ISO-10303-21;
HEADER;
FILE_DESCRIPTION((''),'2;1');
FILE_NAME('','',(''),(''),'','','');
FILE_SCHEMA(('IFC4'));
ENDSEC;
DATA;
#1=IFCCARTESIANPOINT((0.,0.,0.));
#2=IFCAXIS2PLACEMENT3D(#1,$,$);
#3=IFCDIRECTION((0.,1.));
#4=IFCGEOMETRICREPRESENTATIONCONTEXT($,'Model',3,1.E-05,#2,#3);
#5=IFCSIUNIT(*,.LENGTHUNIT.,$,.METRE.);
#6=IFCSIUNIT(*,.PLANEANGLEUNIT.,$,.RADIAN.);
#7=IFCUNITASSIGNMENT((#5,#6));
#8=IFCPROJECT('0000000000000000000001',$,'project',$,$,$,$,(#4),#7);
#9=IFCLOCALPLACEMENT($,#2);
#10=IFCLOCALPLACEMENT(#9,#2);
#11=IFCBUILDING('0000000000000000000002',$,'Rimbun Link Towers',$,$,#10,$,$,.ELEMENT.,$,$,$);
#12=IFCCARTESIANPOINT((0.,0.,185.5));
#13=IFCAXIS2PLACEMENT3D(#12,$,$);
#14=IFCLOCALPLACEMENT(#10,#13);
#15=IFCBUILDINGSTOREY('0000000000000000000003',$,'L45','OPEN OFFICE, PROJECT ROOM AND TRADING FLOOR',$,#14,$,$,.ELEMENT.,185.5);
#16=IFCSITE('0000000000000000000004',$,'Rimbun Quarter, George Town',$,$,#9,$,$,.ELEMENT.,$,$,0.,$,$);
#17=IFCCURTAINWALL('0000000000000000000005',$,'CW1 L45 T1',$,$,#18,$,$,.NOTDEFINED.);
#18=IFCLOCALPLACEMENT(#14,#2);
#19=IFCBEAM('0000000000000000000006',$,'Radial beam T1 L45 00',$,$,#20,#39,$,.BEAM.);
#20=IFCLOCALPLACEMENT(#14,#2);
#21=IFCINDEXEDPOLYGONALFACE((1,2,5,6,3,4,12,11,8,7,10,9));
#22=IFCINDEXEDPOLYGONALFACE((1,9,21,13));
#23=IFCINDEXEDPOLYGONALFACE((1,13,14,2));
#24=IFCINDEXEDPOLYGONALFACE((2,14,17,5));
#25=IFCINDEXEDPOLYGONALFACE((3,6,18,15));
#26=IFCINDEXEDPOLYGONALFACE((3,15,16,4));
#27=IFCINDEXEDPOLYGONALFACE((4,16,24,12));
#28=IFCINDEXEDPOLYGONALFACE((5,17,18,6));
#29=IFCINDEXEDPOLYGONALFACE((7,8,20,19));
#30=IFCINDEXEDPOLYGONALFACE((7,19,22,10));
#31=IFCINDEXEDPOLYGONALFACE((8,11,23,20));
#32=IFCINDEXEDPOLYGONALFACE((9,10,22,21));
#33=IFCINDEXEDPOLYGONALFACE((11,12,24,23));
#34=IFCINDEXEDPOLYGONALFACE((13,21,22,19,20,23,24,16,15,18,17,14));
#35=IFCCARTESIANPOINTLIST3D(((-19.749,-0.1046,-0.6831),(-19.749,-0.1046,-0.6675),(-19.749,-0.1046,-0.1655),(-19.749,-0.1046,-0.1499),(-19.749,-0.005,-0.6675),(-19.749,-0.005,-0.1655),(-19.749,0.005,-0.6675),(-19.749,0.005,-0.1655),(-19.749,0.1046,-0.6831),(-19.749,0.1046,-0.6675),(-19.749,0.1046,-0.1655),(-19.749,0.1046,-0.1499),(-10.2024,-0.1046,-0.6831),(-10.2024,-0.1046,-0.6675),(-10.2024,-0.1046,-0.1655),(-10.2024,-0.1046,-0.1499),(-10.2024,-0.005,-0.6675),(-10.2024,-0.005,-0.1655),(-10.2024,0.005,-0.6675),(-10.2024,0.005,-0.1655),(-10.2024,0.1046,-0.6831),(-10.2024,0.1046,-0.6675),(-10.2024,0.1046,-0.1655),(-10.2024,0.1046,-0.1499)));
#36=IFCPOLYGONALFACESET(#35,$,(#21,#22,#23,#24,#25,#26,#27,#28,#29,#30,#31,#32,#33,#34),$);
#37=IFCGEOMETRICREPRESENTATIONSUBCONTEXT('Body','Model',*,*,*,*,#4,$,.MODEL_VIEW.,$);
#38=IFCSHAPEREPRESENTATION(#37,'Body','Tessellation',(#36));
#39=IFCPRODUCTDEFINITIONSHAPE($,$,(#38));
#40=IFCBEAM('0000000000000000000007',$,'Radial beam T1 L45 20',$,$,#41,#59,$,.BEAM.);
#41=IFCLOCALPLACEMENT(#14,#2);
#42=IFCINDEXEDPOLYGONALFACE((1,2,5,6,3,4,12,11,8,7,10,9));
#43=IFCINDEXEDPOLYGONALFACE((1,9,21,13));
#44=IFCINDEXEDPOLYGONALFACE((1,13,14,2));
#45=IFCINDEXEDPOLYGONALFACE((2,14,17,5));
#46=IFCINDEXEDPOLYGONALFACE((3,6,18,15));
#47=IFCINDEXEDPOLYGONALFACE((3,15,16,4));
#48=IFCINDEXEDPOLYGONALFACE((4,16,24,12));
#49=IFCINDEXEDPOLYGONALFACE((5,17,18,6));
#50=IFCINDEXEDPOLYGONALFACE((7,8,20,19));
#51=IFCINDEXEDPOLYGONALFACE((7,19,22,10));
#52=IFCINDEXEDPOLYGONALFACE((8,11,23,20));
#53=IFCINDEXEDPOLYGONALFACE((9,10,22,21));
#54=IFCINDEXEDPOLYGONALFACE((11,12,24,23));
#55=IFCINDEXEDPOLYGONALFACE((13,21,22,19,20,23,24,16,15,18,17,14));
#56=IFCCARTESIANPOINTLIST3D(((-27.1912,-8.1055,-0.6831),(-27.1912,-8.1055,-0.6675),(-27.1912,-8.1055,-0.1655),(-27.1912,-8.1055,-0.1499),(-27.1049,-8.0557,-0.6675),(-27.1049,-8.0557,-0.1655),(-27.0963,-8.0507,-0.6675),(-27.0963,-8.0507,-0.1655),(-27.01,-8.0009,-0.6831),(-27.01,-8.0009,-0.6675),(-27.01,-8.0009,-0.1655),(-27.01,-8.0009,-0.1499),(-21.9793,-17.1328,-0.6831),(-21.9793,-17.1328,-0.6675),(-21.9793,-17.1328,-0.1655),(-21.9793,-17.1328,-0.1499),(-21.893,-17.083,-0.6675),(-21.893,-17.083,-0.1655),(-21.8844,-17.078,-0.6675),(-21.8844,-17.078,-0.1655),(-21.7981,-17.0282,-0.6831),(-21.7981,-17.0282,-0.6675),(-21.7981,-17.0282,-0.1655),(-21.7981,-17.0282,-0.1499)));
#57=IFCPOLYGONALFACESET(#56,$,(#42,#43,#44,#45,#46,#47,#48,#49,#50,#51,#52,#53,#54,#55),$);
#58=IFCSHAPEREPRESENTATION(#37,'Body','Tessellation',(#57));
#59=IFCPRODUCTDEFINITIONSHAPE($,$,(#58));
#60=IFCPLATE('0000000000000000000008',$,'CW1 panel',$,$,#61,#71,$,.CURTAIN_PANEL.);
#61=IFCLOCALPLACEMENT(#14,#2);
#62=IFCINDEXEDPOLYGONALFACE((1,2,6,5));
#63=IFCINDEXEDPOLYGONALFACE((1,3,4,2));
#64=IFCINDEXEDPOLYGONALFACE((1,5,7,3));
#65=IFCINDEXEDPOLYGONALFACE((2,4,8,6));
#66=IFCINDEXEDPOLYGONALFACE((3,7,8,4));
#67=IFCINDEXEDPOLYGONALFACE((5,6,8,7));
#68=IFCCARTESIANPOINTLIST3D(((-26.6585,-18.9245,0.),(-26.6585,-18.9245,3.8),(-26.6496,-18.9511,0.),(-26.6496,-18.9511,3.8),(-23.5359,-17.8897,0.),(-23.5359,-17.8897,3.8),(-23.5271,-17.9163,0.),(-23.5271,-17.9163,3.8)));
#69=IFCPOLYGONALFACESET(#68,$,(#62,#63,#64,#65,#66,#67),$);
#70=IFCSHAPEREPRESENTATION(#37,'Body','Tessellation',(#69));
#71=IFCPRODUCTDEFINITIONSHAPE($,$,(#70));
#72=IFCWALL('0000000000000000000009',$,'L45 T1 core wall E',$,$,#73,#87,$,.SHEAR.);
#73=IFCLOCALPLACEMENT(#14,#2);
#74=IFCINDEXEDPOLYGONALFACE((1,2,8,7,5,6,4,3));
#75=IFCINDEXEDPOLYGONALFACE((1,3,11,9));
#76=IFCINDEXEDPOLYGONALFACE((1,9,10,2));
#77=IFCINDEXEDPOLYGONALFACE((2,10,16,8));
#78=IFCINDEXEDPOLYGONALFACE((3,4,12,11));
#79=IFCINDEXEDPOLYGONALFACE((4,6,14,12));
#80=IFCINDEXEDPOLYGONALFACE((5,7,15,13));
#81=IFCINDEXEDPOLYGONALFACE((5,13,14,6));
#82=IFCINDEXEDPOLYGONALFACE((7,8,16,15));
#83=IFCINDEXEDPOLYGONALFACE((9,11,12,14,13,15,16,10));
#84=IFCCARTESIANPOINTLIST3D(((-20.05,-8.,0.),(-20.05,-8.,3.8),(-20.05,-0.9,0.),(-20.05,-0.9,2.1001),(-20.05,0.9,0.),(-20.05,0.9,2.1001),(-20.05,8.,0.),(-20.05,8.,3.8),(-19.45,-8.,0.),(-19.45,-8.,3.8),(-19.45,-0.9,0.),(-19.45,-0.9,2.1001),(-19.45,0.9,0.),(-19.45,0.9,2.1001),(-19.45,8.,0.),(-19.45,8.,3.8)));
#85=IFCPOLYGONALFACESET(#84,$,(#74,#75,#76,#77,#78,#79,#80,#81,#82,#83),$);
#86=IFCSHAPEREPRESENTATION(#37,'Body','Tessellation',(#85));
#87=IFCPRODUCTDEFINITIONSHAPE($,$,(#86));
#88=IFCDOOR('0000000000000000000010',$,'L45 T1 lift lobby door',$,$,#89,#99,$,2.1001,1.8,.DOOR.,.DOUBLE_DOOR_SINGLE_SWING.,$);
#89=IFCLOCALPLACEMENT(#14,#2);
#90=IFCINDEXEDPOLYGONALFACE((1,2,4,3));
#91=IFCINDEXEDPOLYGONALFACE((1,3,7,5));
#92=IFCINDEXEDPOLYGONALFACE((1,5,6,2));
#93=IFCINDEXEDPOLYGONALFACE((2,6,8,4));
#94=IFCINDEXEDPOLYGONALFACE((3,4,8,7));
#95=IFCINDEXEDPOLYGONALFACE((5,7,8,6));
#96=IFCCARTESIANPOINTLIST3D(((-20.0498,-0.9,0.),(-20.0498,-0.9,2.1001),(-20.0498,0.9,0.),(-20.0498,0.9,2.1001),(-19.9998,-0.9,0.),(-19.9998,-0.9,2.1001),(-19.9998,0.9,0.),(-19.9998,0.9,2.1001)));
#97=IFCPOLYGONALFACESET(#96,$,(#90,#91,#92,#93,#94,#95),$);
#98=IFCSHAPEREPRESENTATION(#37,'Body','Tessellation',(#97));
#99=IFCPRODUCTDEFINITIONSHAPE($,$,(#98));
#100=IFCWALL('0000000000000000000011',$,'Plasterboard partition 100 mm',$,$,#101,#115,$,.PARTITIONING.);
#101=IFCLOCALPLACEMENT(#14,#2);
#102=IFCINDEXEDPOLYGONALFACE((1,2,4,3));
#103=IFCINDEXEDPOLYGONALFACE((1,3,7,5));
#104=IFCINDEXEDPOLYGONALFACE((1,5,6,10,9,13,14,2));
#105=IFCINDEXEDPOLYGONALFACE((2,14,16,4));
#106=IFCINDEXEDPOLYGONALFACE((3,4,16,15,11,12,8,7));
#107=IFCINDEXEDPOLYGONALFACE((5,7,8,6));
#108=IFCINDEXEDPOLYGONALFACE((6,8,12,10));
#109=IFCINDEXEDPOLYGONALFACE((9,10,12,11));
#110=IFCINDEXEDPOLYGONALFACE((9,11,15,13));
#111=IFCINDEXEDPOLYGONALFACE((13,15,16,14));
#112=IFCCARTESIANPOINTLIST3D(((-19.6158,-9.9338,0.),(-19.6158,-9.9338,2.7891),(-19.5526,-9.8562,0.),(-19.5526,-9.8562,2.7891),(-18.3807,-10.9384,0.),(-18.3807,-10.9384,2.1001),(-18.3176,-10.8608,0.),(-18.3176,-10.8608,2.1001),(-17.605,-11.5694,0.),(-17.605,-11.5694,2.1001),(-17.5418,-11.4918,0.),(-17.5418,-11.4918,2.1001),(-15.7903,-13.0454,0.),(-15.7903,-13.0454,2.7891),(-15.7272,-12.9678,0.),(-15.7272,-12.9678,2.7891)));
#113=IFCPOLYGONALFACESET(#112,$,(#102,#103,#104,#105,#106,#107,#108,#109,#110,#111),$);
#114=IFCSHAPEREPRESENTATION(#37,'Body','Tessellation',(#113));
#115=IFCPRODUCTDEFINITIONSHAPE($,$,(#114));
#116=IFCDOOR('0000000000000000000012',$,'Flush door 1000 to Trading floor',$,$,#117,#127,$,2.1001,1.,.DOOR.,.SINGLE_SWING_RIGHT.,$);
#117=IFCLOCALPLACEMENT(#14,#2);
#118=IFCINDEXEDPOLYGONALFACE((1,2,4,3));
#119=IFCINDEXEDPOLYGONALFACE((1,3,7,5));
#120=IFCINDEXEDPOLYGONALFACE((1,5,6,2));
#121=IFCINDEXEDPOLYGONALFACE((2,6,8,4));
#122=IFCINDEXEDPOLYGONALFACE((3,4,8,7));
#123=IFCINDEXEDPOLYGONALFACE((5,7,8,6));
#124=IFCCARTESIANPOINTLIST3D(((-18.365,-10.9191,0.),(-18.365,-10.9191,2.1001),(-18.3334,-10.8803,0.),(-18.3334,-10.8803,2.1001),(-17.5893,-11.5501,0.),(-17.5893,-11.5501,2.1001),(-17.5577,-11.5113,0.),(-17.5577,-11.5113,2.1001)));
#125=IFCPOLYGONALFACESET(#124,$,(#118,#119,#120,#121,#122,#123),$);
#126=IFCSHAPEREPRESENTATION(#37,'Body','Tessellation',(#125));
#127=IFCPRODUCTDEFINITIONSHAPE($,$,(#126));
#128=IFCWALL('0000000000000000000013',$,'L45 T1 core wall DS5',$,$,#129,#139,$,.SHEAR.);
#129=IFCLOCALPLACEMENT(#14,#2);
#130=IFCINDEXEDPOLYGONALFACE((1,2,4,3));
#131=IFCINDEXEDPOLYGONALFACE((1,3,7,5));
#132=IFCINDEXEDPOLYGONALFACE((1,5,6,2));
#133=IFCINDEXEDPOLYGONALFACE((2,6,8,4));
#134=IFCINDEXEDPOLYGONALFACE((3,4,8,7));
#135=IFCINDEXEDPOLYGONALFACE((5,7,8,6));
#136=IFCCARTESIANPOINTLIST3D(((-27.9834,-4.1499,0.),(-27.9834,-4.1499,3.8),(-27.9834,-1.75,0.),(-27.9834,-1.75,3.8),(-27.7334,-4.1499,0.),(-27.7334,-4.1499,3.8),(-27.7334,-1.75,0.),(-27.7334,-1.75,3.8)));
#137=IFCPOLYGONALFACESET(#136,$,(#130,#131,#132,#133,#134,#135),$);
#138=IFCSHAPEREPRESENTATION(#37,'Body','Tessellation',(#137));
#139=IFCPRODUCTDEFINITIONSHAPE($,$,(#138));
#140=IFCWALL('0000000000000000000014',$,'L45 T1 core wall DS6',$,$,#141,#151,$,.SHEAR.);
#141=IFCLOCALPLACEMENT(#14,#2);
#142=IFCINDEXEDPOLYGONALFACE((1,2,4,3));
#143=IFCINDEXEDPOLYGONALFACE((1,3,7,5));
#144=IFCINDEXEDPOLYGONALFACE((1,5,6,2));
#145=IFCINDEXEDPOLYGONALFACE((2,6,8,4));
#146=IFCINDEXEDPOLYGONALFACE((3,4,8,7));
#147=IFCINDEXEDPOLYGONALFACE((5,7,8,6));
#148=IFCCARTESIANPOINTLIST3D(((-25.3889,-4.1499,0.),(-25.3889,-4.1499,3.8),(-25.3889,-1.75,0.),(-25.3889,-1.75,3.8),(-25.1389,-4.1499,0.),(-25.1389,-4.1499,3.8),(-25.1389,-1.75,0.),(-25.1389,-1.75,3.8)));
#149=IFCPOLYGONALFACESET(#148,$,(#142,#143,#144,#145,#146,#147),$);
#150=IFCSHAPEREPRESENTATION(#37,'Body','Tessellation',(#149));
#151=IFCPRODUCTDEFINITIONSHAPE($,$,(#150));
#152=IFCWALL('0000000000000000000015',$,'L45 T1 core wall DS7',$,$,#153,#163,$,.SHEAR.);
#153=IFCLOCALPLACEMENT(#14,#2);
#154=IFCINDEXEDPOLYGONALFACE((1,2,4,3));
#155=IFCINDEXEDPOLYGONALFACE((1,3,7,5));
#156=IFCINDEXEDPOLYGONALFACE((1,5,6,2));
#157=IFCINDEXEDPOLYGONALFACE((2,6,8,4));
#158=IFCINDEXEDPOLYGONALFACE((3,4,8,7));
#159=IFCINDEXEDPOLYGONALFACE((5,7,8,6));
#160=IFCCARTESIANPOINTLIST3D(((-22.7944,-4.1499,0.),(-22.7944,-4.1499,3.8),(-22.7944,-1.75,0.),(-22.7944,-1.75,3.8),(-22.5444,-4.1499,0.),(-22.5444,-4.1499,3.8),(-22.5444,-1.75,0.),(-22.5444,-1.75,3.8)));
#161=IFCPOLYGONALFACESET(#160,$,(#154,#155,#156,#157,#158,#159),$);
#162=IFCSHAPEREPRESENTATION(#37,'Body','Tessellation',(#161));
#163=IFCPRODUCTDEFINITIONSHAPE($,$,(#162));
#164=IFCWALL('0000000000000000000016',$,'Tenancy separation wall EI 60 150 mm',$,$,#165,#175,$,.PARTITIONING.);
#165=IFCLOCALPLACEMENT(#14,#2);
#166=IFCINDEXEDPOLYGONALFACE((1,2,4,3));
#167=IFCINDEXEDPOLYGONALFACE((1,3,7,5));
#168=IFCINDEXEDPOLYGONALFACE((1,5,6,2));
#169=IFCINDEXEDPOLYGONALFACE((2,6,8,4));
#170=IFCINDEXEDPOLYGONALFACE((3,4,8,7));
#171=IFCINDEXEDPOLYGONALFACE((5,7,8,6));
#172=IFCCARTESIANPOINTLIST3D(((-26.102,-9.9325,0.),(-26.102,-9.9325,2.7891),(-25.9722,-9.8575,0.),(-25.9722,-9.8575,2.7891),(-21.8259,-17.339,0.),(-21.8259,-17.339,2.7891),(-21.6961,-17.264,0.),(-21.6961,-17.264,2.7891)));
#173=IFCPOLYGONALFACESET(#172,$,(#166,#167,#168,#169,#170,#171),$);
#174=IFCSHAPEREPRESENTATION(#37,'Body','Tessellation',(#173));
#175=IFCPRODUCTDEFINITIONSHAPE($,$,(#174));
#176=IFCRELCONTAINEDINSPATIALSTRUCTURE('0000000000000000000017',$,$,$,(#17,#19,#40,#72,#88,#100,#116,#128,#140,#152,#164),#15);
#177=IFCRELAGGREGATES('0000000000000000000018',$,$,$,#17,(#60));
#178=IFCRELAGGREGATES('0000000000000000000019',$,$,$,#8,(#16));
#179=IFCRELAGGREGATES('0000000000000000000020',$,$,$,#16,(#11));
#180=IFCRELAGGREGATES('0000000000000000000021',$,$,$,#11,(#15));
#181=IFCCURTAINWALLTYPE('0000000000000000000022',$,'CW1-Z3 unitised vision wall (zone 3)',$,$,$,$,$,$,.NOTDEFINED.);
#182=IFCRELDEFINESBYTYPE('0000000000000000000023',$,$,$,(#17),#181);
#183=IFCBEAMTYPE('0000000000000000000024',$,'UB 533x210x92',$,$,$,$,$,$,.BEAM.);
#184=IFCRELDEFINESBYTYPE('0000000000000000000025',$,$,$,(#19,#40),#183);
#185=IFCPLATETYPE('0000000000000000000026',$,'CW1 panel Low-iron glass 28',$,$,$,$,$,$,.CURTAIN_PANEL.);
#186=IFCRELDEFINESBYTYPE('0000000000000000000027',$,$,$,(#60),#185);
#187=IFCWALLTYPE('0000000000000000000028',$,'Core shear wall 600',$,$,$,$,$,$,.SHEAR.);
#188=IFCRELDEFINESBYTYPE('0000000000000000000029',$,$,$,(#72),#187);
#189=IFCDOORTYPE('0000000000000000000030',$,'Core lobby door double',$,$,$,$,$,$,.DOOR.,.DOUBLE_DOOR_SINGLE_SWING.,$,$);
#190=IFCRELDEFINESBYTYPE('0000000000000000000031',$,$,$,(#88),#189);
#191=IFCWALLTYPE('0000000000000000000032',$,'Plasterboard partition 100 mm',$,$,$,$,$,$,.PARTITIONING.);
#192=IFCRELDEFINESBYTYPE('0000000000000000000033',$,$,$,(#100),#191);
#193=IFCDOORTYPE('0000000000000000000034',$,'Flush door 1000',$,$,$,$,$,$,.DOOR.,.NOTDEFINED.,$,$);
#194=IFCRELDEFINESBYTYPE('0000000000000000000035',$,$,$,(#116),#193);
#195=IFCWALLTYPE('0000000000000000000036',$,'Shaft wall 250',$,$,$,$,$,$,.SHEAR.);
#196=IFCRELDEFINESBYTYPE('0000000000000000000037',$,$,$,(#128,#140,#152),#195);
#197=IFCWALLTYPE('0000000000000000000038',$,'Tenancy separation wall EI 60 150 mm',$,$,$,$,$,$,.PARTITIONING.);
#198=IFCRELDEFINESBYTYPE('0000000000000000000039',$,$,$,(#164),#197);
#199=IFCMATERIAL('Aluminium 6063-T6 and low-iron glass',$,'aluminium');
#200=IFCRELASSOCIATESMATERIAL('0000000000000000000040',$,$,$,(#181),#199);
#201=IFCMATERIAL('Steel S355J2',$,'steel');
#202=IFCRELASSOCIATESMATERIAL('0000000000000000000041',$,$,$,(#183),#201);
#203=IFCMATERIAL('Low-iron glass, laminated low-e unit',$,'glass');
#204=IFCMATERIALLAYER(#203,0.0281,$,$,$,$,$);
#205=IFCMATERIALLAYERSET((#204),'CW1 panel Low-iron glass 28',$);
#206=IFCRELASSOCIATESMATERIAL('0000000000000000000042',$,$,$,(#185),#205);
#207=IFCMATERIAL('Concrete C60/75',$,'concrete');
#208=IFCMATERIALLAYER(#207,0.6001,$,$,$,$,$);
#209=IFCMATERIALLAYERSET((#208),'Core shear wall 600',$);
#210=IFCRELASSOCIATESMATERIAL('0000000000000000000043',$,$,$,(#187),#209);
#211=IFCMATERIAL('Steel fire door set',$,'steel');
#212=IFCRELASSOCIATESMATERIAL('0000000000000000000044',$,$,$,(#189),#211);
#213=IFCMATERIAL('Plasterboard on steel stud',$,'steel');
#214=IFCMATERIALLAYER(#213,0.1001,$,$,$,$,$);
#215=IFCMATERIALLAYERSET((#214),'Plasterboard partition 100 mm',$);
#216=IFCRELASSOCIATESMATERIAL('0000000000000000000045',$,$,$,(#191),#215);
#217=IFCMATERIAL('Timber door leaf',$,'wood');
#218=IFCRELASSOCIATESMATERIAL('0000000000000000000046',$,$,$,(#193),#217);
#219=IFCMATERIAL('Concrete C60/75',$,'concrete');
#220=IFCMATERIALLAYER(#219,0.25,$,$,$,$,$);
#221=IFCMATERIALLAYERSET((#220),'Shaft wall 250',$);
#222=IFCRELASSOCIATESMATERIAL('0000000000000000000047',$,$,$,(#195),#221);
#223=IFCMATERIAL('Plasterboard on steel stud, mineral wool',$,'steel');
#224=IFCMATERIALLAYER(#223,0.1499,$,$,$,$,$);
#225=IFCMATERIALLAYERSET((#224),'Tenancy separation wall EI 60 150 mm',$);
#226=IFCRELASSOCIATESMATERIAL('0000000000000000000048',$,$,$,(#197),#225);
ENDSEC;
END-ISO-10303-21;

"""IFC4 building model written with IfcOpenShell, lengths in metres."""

from ifc_helpers import new_model, si_unit, direction, frame, frame_2d, origin, origin_2d, place, context, subcontext, project, spatial, rectangle, i_section, extrude, material, layer, layer_set, material_profile, profile_set, type_object, element, fill, aggregate, save


model = new_model("IFC4")

# Units and contexts
model_context = context("Model", 3, precision=1e-05, world=origin(), true_north=direction((0.0, 1.0)))
body_context = subcontext(model_context, "Body", "Model", "MODEL_VIEW")
ifc_project = project(units=[si_unit("LENGTHUNIT", "METRE"), si_unit("PLANEANGLEUNIT", "RADIAN")], contexts=[model_context])

# Site, building, storey
site_placement = place(None, origin())
site = spatial("IfcSite", under=ifc_project, at=site_placement, Name="Rimbun Quarter, George Town", CompositionType="ELEMENT", RefElevation=0.0)
building_placement = place(site_placement, origin())
building = spatial("IfcBuilding", under=site, at=building_placement, Name="Rimbun Link Towers", CompositionType="ELEMENT")
storey_placement = place(building_placement, frame((0.0, 0.0, 185.5)))
storey = spatial("IfcBuildingStorey", under=building, at=storey_placement, Name="L45", Description="OPEN OFFICE, PROJECT ROOM AND TRADING FLOOR", CompositionType="ELEMENT", Elevation=185.5)

# Curtain wall
ifc_material_1 = material(Name="Aluminium 6063-T6 and low-iron glass", Category="aluminium")
curtain_wall_type = type_object("IfcCurtainWallType", Name="CW1-Z3 unitised vision wall (zone 3)", PredefinedType="NOTDEFINED", material=ifc_material_1)
curtain_wall_placement = place(storey_placement, origin())
curtain_wall = element("IfcCurtainWall", 1, at=curtain_wall_placement, inside=storey, type_object=curtain_wall_type, Name="CW1 L45 T1", PredefinedType="NOTDEFINED")

# Beams
ifc_material_2 = material(Name="Steel S355J2", Category="steel")
ifc_material_profile_1 = material_profile(ifc_material_2, i_section(OverallWidth=0.2092, OverallDepth=0.5332, WebThickness=0.01, FlangeThickness=0.0156, at=origin_2d()), Name="UB 533x210x92")
ifc_profile_set_1 = profile_set([ifc_material_profile_1], Name="Steel S355J2")
beam_type_1 = type_object("IfcBeamType", Name="UB 533x210x92", PredefinedType="BEAM", material=ifc_profile_set_1)
beam_1_placement = place(storey_placement, frame((-19.749, 0.0, -0.4165), z_axis=(1.0, 0.0, 0.0), x_axis=(0.0, 1.0, 0.0)))
element("IfcBeam", 2, at=beam_1_placement, inside=storey, type_object=beam_type_1, Name="Radial beam T1 L45 00", PredefinedType="BEAM", context=body_context, shape_type="SweptSolid", body=[
    extrude(i_section(OverallWidth=0.2092, OverallDepth=0.5332, WebThickness=0.01, FlangeThickness=0.0156, at=origin_2d()), origin(), (0.0, 0.0, 1.0), 9.5466),
])
beam_2_placement = place(storey_placement, frame((-27.1006, -8.0532, -0.4165), z_axis=(0.499998, -0.866026, 0.0), x_axis=(0.866026, 0.499998, 0.0)))
element("IfcBeam", 3, at=beam_2_placement, inside=storey, type_object=beam_type_1, Name="Radial beam T1 L45 20", PredefinedType="BEAM", context=body_context, shape_type="SweptSolid", body=[
    extrude(i_section(OverallWidth=0.2092, OverallDepth=0.5332, WebThickness=0.01, FlangeThickness=0.0156, at=origin_2d()), origin(), (0.0, 0.0, 1.0), 10.4238),
])

# Plate
ifc_material_3 = material(Name="Low-iron glass, laminated low-e unit", Category="glass")
ifc_layer_1 = layer(ifc_material_3, 0.0281)
ifc_layer_set_1 = layer_set([ifc_layer_1], Name="CW1 panel Low-iron glass 28")
plate_type = type_object("IfcPlateType", Name="CW1 panel Low-iron glass 28", PredefinedType="CURTAIN_PANEL", material=ifc_layer_set_1)
plate_placement = place(storey_placement, frame((-25.0928, -18.4204, 0.0), z_axis=(0.0, 0.0, 1.0), x_axis=(-0.949236, -0.314565, 0.0)))
plate = element("IfcPlate", 4, at=plate_placement, type_object=plate_type, Name="CW1 panel", PredefinedType="CURTAIN_PANEL", context=body_context, shape_type="SweptSolid", body=[
    extrude(rectangle(XDim=3.2896, YDim=0.0281, at=origin_2d()), origin(), (0.0, 0.0, 1.0), 3.8),
])
aggregate(curtain_wall, [plate])

# Walls, openings, doors
ifc_material_4 = material(Name="Concrete C60/75", Category="concrete")
ifc_layer_2 = layer(ifc_material_4, 0.6001)
ifc_layer_set_2 = layer_set([ifc_layer_2], Name="Core shear wall 600")
wall_type_1 = type_object("IfcWallType", Name="Core shear wall 600", PredefinedType="SHEAR", material=ifc_layer_set_2)
wall_1_placement = place(storey_placement, frame((-19.75, -8.0, 0.0), z_axis=(0.0, 0.0, 1.0), x_axis=(0.0, 1.0, 0.0)))
wall_1 = element("IfcWall", 5, at=wall_1_placement, inside=storey, type_object=wall_type_1, Name="L45 T1 core wall E", PredefinedType="SHEAR", context=body_context, shape_type="SweptSolid", body=[
    extrude(rectangle(XDim=16.0, YDim=0.6001, at=frame_2d((8.0, 0.0))), origin(), (0.0, 0.0, 1.0), 3.8),
])
opening_1_placement = place(wall_1_placement, frame((7.1001, 0.0, 0.0)))
opening_1 = element("IfcOpeningElement", 6, at=opening_1_placement, cuts=wall_1, PredefinedType="OPENING", context=body_context, shape_type="SweptSolid", body=[
    extrude(rectangle(XDim=1.8, YDim=2.1001, at=frame_2d((0.8999, 1.05))), frame((0.0, 0.3101, 0.0), z_axis=(0.0, -1.0, 0.0), x_axis=(1.0, 0.0, 0.0)), (0.0, 0.0, 1.0), 0.6201),
])
ifc_material_5 = material(Name="Steel fire door set", Category="steel")
door_type_1 = type_object("IfcDoorType", Name="Core lobby door double", OperationType="DOUBLE_DOOR_SINGLE_SWING", PredefinedType="DOOR", material=ifc_material_5)
door_1_placement = place(opening_1_placement, origin())
door_1 = element("IfcDoor", 7, at=door_1_placement, inside=storey, type_object=door_type_1, Name="L45 T1 lift lobby door", OperationType="DOUBLE_DOOR_SINGLE_SWING", OverallHeight=2.1001, OverallWidth=1.8, PredefinedType="DOOR", context=body_context, shape_type="SweptSolid", body=[
    extrude(rectangle(XDim=1.8, YDim=2.1001, at=frame_2d((0.8999, 1.05))), frame((0.0, 0.2998, 0.0), z_axis=(0.0, -1.0, 0.0), x_axis=(1.0, 0.0, 0.0)), (0.0, 0.0, 1.0), 0.05),
])
fill(opening_1, door_1)
ifc_material_6 = material(Name="Plasterboard on steel stud", Category="steel")
ifc_layer_3 = layer(ifc_material_6, 0.1001)
ifc_layer_set_3 = layer_set([ifc_layer_3], Name="Plasterboard partition 100 mm")
wall_type_2 = type_object("IfcWallType", Name="Plasterboard partition 100 mm", PredefinedType="PARTITIONING", material=ifc_layer_set_3)
wall_2_placement = place(storey_placement, frame((-19.5842, -9.895, 0.0), z_axis=(0.0, 0.0, 1.0), x_axis=(0.775776, -0.631008, 0.0)))
wall_2 = element("IfcWall", 8, at=wall_2_placement, inside=storey, type_object=wall_type_2, Name="Plasterboard partition 100 mm", PredefinedType="PARTITIONING", context=body_context, shape_type="SweptSolid", body=[
    extrude(rectangle(XDim=4.9312, YDim=0.1001, at=frame_2d((2.4656, 0.0))), origin(), (0.0, 0.0, 1.0), 2.7891),
])
opening_2_placement = place(wall_2_placement, frame((1.592, 0.0, 0.0)))
opening_2 = element("IfcOpeningElement", 9, at=opening_2_placement, cuts=wall_2, PredefinedType="OPENING", context=body_context, shape_type="SweptSolid", body=[
    extrude(rectangle(XDim=1.0, YDim=2.1001, at=frame_2d((0.5, 1.05))), frame((0.0, 0.0601, 0.0), z_axis=(0.0, -1.0, 0.0), x_axis=(1.0, 0.0, 0.0)), (0.0, 0.0, 1.0), 0.1201),
])
ifc_material_7 = material(Name="Timber door leaf", Category="wood")
door_type_2 = type_object("IfcDoorType", Name="Flush door 1000", OperationType="NOTDEFINED", PredefinedType="DOOR", material=ifc_material_7)
door_2_placement = place(opening_2_placement, origin())
door_2 = element("IfcDoor", 10, at=door_2_placement, inside=storey, type_object=door_type_2, Name="Flush door 1000 to Trading floor", OperationType="SINGLE_SWING_RIGHT", OverallHeight=2.1001, OverallWidth=1.0, PredefinedType="DOOR", context=body_context, shape_type="SweptSolid", body=[
    extrude(rectangle(XDim=1.0, YDim=2.1001, at=frame_2d((0.5, 1.05))), frame((0.0, 0.0249, 0.0), z_axis=(0.0, -1.0, 0.0), x_axis=(1.0, 0.0, 0.0)), (0.0, 0.0, 1.0), 0.05),
])
fill(opening_2, door_2)

# Walls
ifc_material_8 = material(Name="Concrete C60/75", Category="concrete")
ifc_layer_4 = layer(ifc_material_8, 0.25)
ifc_layer_set_4 = layer_set([ifc_layer_4], Name="Shaft wall 250")
wall_type_3 = type_object("IfcWallType", Name="Shaft wall 250", PredefinedType="SHEAR", material=ifc_layer_set_4)
for number, where, z_axis, x_axis, name in (
    (11, (-27.8584, -4.1499, 0.0), (0.0, 0.0, 1.0), (0.0, 1.0, 0.0), "L45 T1 core wall DS5"),
    (12, (-25.2639, -4.1499, 0.0), (0.0, 0.0, 1.0), (0.0, 1.0, 0.0), "L45 T1 core wall DS6"),
    (13, (-22.6694, -4.1499, 0.0), (0.0, 0.0, 1.0), (0.0, 1.0, 0.0), "L45 T1 core wall DS7"),
):
    element("IfcWall", number, at=place(storey_placement, frame(where, z_axis=z_axis, x_axis=x_axis)), inside=storey, type_object=wall_type_3, Name=name, PredefinedType="SHEAR", context=body_context, shape_type="SweptSolid", body=[
        extrude(rectangle(XDim=2.3999, YDim=0.25, at=frame_2d((1.2, 0.0))), origin(), (0.0, 0.0, 1.0), 3.8),
    ])
ifc_material_9 = material(Name="Plasterboard on steel stud, mineral wool", Category="steel")
ifc_layer_5 = layer(ifc_material_9, 0.1499)
ifc_layer_set_5 = layer_set([ifc_layer_5], Name="Tenancy separation wall EI 60 150 mm")
wall_type_4 = type_object("IfcWallType", Name="Tenancy separation wall EI 60 150 mm", PredefinedType="PARTITIONING", material=ifc_layer_set_5)
wall_3_placement = place(storey_placement, frame((-26.0371, -9.895, 0.0), z_axis=(0.0, 0.0, 1.0), x_axis=(0.499998, -0.866026, 0.0)))
element("IfcWall", 14, at=wall_3_placement, inside=storey, type_object=wall_type_4, Name="Tenancy separation wall EI 60 150 mm", PredefinedType="PARTITIONING", context=body_context, shape_type="SweptSolid", body=[
    extrude(rectangle(XDim=8.5522, YDim=0.1499, at=frame_2d((4.2761, 0.0))), origin(), (0.0, 0.0, 1.0), 2.7891),
])

save(model, "model.ifc")
